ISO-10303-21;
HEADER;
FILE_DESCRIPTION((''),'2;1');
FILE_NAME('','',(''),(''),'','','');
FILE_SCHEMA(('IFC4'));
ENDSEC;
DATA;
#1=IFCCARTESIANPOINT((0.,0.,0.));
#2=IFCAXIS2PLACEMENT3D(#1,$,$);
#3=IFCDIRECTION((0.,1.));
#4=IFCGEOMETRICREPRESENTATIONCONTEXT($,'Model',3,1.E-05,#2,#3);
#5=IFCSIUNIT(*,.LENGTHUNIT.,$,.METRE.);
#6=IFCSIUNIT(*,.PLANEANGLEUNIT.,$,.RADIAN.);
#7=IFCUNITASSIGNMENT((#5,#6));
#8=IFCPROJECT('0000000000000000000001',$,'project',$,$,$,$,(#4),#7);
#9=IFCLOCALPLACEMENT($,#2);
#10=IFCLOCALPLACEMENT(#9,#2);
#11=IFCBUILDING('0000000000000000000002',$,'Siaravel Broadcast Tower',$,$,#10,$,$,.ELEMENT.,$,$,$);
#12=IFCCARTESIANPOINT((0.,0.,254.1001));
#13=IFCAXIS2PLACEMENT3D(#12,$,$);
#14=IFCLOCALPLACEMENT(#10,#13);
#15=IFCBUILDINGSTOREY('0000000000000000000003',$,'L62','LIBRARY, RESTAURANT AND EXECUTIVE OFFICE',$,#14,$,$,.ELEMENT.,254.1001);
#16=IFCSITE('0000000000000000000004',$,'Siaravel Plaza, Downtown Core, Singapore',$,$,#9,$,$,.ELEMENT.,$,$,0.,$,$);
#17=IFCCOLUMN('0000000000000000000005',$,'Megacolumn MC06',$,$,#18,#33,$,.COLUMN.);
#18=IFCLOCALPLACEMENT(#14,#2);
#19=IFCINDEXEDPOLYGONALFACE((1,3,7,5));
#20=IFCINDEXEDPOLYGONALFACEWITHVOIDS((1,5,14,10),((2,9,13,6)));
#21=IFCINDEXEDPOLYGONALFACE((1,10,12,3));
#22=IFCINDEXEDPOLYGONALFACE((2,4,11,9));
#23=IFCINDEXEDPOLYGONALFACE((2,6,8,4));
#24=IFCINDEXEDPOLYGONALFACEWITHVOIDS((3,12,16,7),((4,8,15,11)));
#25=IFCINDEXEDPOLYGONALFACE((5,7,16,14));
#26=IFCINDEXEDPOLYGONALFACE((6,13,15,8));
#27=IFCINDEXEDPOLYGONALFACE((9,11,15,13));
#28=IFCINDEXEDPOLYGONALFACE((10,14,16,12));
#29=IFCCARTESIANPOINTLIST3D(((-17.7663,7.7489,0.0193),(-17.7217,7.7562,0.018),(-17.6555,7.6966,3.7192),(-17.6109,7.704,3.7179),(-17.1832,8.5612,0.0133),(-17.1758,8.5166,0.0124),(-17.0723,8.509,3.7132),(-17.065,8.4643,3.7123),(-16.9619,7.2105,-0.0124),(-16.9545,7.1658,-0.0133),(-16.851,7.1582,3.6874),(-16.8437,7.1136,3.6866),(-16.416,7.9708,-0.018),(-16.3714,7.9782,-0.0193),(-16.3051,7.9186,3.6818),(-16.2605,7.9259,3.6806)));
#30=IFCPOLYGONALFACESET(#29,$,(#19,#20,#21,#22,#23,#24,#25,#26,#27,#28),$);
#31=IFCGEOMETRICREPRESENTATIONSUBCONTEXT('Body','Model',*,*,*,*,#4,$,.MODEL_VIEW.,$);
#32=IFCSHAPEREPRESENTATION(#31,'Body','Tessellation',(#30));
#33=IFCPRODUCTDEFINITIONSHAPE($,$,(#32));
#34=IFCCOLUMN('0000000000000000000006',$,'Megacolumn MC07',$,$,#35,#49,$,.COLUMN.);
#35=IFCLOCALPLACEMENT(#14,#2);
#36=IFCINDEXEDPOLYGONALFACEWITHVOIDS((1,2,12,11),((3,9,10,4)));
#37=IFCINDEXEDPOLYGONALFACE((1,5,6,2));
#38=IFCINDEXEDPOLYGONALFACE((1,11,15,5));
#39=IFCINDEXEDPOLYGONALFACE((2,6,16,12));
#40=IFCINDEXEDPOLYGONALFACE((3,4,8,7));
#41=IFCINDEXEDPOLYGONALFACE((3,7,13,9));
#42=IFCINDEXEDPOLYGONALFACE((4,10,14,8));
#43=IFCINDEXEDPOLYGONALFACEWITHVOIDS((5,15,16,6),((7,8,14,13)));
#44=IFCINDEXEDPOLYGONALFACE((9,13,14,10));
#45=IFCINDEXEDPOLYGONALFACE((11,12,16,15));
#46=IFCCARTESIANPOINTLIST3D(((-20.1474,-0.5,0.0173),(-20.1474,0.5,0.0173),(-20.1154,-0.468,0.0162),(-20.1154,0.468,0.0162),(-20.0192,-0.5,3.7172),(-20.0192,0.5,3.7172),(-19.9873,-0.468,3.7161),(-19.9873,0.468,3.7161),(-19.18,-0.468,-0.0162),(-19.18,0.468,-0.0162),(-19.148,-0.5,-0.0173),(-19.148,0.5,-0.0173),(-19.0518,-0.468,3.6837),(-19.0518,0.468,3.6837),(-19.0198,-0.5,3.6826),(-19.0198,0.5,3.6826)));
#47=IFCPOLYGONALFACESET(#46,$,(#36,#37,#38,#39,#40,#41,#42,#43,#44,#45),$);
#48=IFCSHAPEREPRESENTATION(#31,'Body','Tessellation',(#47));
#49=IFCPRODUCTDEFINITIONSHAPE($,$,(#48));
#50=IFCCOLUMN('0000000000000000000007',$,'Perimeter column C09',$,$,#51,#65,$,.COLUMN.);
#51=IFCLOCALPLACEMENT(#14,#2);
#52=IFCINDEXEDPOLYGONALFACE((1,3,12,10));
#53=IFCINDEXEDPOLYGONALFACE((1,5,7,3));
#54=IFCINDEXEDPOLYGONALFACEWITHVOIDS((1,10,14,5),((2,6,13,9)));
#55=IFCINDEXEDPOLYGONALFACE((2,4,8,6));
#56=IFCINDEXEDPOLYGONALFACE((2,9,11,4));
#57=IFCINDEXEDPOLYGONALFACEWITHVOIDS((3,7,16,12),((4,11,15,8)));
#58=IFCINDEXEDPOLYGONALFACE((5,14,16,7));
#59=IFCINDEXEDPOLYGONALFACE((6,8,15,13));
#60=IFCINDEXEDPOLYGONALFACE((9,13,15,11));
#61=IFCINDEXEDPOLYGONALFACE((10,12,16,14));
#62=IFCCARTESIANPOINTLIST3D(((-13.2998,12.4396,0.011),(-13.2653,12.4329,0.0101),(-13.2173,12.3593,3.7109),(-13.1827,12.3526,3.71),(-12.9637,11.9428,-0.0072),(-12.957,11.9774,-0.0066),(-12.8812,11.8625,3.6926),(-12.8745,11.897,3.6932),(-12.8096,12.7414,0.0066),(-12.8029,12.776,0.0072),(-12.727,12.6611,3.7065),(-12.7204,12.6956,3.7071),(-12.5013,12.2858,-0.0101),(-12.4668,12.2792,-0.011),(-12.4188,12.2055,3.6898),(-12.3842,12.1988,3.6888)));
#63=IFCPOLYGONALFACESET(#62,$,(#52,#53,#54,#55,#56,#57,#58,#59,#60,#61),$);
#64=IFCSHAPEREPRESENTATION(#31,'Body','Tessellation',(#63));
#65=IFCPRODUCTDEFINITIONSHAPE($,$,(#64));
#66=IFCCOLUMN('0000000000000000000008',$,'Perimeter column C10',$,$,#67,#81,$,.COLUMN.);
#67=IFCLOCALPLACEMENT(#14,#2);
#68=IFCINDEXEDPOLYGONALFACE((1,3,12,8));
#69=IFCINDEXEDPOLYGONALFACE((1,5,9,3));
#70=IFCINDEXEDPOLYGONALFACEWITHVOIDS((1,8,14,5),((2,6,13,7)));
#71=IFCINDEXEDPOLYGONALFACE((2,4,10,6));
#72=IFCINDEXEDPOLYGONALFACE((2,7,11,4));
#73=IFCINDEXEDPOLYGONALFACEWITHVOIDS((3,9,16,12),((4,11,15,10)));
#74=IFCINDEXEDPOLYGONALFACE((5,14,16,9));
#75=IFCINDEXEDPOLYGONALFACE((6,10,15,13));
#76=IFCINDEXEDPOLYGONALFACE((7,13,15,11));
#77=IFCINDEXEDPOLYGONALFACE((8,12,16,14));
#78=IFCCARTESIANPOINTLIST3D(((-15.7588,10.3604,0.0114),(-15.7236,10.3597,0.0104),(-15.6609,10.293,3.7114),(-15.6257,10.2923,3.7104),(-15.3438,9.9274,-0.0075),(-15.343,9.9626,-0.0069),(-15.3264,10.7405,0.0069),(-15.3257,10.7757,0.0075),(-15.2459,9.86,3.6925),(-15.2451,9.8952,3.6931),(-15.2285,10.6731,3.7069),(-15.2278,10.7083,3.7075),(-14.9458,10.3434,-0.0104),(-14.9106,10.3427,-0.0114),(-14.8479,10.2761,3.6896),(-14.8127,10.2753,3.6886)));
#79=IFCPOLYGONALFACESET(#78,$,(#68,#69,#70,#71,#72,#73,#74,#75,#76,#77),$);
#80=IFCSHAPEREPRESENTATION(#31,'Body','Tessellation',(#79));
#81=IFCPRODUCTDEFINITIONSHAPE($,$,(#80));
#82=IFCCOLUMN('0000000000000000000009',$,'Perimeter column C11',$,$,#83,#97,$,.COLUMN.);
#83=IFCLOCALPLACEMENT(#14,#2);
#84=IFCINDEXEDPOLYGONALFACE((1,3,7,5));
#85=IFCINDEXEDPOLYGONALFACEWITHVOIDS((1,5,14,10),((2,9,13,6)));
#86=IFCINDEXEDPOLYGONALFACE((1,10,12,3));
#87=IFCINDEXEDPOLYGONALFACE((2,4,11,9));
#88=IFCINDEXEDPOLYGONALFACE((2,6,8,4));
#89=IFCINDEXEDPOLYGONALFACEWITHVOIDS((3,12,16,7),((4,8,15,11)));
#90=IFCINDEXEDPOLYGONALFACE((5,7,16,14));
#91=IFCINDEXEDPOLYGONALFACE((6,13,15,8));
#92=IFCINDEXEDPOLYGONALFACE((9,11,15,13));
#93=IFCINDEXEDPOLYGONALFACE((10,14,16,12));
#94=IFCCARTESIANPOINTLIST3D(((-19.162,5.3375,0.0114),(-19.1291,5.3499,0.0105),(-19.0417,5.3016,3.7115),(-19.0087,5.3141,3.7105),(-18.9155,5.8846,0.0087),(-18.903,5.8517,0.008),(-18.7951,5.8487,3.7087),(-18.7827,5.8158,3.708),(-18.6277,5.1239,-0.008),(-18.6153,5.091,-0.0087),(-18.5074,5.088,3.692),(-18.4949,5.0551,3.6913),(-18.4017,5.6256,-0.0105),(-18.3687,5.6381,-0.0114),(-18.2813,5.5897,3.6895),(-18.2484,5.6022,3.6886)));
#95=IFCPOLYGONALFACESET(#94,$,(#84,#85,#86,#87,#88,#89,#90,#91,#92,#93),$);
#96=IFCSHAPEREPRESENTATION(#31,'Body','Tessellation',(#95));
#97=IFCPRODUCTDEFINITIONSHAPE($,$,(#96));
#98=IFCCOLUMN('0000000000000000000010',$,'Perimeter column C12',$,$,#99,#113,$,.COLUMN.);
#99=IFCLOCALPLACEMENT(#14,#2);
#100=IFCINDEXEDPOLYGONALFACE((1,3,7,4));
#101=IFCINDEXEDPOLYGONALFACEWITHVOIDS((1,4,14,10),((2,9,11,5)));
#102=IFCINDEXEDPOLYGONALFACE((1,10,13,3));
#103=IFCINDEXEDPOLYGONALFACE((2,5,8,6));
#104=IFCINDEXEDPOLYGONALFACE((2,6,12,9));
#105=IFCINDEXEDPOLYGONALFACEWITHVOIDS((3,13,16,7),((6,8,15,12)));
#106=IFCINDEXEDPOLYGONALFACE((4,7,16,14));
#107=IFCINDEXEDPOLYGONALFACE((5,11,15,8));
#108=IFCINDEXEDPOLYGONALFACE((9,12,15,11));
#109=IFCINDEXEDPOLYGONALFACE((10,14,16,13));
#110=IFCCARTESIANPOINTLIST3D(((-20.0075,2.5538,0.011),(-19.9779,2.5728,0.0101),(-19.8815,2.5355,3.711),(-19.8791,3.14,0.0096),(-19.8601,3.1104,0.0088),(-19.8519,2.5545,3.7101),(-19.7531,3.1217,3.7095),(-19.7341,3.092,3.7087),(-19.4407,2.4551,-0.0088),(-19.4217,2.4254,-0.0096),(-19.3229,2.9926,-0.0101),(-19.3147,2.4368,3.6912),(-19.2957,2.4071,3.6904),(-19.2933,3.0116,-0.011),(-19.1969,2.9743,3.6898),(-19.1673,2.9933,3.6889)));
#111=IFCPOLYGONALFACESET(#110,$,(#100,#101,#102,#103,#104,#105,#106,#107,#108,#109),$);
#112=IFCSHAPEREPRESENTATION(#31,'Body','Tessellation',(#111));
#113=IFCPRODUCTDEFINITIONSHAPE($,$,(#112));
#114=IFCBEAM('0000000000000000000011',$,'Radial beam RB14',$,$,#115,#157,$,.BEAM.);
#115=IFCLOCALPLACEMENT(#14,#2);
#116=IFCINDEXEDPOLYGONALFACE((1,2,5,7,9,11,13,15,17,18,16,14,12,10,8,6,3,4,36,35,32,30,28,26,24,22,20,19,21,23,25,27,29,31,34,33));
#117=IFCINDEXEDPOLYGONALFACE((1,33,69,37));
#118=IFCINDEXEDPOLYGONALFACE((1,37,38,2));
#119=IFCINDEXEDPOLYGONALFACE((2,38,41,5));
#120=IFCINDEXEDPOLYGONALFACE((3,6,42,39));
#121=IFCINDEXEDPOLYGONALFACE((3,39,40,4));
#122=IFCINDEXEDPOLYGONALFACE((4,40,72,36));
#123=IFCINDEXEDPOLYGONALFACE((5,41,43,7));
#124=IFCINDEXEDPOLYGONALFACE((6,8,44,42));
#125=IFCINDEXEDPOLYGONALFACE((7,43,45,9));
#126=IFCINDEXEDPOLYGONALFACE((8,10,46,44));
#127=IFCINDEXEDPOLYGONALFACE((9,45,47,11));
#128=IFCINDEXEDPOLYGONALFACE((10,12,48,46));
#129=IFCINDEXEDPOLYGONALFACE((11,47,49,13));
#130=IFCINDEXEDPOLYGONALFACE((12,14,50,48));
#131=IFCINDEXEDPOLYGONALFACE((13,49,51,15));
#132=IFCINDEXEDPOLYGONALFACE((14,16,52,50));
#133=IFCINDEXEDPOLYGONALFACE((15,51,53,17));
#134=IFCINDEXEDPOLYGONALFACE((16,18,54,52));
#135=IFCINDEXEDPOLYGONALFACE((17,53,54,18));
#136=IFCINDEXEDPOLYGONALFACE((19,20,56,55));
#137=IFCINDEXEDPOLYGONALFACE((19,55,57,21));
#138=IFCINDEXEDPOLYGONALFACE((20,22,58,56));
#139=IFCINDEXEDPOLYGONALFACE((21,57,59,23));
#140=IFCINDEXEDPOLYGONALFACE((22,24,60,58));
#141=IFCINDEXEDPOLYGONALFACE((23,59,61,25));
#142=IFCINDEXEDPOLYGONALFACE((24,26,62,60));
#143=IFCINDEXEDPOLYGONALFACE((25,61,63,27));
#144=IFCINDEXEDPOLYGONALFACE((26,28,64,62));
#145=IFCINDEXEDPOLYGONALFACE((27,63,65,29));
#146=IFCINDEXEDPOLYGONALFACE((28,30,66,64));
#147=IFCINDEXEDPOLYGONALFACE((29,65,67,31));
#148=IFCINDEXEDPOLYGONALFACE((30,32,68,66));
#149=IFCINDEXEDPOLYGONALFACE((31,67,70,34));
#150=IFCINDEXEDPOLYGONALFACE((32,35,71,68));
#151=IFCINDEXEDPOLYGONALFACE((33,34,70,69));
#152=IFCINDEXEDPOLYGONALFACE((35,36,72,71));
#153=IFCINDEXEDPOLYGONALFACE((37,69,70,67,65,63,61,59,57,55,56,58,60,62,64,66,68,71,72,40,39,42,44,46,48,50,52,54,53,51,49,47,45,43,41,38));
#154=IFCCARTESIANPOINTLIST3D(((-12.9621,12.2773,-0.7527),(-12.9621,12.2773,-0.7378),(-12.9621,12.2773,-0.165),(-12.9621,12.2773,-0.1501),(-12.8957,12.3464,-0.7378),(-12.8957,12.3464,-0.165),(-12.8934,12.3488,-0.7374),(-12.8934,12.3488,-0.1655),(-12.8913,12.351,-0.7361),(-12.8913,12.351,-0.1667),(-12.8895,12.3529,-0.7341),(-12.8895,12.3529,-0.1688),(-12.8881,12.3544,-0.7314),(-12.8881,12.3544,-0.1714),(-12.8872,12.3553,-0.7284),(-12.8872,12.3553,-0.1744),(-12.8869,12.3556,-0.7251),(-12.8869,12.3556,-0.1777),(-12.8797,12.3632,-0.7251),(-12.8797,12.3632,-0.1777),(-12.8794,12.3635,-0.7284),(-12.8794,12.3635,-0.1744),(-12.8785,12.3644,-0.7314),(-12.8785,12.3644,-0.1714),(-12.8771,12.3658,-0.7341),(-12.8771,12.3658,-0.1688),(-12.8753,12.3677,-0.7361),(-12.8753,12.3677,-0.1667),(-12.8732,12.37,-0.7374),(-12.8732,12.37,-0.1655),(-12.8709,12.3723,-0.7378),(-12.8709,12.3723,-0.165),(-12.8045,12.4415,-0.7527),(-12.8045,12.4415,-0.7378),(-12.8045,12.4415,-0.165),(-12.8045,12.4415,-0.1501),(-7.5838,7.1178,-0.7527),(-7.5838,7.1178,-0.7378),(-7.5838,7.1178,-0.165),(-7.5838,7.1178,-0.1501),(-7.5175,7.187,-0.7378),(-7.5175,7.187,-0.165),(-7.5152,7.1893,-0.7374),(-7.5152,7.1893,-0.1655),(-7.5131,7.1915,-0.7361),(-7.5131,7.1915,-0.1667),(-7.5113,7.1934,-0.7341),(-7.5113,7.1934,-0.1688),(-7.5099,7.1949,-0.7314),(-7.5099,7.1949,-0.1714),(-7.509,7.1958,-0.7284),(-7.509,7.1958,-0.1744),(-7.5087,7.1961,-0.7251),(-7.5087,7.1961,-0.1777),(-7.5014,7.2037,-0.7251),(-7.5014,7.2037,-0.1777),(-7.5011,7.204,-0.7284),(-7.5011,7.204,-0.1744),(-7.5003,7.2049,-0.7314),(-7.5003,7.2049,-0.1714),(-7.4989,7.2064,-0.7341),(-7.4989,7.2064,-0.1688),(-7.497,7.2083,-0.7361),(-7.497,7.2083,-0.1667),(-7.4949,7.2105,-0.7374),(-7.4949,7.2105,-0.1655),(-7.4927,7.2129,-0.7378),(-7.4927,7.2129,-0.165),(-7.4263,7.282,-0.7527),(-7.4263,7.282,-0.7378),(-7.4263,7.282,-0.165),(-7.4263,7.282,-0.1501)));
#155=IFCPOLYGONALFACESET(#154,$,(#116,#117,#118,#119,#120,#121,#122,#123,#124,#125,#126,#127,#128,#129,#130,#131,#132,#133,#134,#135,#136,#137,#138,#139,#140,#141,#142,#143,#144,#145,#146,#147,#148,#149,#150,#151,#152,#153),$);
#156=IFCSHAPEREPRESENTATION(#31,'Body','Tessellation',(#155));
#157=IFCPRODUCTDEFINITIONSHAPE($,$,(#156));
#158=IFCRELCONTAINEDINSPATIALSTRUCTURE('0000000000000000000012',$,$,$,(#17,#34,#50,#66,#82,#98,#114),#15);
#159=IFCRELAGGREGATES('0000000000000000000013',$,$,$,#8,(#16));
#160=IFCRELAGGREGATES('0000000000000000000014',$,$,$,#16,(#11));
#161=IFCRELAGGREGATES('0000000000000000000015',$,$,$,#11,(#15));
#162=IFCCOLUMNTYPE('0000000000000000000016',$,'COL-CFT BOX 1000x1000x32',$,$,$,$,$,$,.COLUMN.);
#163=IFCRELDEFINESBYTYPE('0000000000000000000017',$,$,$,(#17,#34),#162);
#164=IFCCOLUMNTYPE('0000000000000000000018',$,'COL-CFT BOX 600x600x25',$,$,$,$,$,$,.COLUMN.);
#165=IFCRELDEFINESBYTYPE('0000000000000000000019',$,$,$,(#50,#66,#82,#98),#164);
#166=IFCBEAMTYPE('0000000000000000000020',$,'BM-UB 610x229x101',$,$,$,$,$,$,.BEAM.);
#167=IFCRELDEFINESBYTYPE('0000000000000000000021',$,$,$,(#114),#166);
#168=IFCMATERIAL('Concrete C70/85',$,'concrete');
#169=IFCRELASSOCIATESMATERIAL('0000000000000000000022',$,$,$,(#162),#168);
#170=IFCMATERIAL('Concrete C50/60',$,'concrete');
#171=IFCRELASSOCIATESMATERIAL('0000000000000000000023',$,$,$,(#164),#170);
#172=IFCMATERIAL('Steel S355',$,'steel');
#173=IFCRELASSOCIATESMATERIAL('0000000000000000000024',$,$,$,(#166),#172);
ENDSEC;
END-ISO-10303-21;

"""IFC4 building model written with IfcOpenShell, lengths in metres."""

from ifc_helpers import new_model, si_unit, direction, frame, origin, origin_2d, place, context, subcontext, project, spatial, hollow_rectangle, i_section, extrude, material, material_profile, profile_set, type_object, element, save


model = new_model("IFC4")

# Units and contexts
model_context = context("Model", 3, precision=1e-05, world=origin(), true_north=direction((0.0, 1.0)))
body_context = subcontext(model_context, "Body", "Model", "MODEL_VIEW")
ifc_project = project(units=[si_unit("LENGTHUNIT", "METRE"), si_unit("PLANEANGLEUNIT", "RADIAN")], contexts=[model_context])

# Site, building, storey
site_placement = place(None, origin())
site = spatial("IfcSite", under=ifc_project, at=site_placement, Name="Siaravel Plaza, Downtown Core, Singapore", CompositionType="ELEMENT", RefElevation=0.0)
building_placement = place(site_placement, origin())
building = spatial("IfcBuilding", under=site, at=building_placement, Name="Siaravel Broadcast Tower", CompositionType="ELEMENT")
storey_placement = place(building_placement, frame((0.0, 0.0, 254.1001)))
storey = spatial("IfcBuildingStorey", under=building, at=storey_placement, Name="L62", Description="LIBRARY, RESTAURANT AND EXECUTIVE OFFICE", CompositionType="ELEMENT", Elevation=254.1001)

# Columns
ifc_material_1 = material(Name="Concrete C70/85", Category="concrete")
ifc_material_profile_1 = material_profile(ifc_material_1, hollow_rectangle(XDim=1.0, YDim=1.0, WallThickness=0.032, at=origin_2d()))
ifc_profile_set_1 = profile_set([ifc_material_profile_1], Name="Concrete C70/85")
column_type_1 = type_object("IfcColumnType", Name="COL-CFT BOX 1000x1000x32", PredefinedType="COLUMN", material=ifc_profile_set_1)
column_1_placement = place(storey_placement, frame((-17.0688, 7.8635, 0.0), z_axis=(0.029941, -0.014113, 0.999452), x_axis=(0.583176, 0.812324, -0.006)))
element("IfcColumn", 1, at=column_1_placement, inside=storey, type_object=column_type_1, Name="Megacolumn MC06", PredefinedType="COLUMN", context=body_context, shape_type="SweptSolid", body=[
    extrude(hollow_rectangle(XDim=1.0, YDim=1.0, WallThickness=0.032, at=origin_2d()), origin(), (0.0, 0.0, 1.0), 3.7019),
])
column_2_placement = place(storey_placement, frame((-19.6477, 0.0, 0.0), z_axis=(0.034621, 0.0, 0.999401), x_axis=(0.0, 1.0, 0.0)))
element("IfcColumn", 2, at=column_2_placement, inside=storey, type_object=column_type_1, Name="Megacolumn MC07", PredefinedType="COLUMN", context=body_context, shape_type="SweptSolid", body=[
    extrude(hollow_rectangle(XDim=1.0, YDim=1.0, WallThickness=0.032, at=origin_2d()), origin(), (0.0, 0.0, 1.0), 3.7021),
])
ifc_material_2 = material(Name="Concrete C50/60", Category="concrete")
ifc_material_profile_2 = material_profile(ifc_material_2, hollow_rectangle(XDim=0.6001, YDim=0.6001, WallThickness=0.0249, at=origin_2d()))
ifc_profile_set_2 = profile_set([ifc_material_profile_2], Name="Concrete C50/60")
column_type_2 = type_object("IfcColumnType", Name="COL-CFT BOX 600x600x25", PredefinedType="COLUMN", material=ifc_profile_set_2)
column_3_placement = place(storey_placement, frame((-12.8833, 12.3594, 0.0), z_axis=(0.022292, -0.021698, 0.999516), x_axis=(0.828126, 0.560506, -0.006302)))
element("IfcColumn", 3, at=column_3_placement, inside=storey, type_object=column_type_2, Name="Perimeter column C09", PredefinedType="COLUMN", context=body_context, shape_type="SweptSolid", body=[
    extrude(hollow_rectangle(XDim=0.6001, YDim=0.6001, WallThickness=0.0249, at=origin_2d()), origin(), (0.0, 0.0, 1.0), 3.7017),
])
column_4_placement = place(storey_placement, frame((-15.3347, 10.3516, 0.0), z_axis=(0.026446, -0.018202, 0.999484), x_axis=(0.721781, 0.692091, -0.006494)))
element("IfcColumn", 4, at=column_4_placement, inside=storey, type_object=column_type_2, Name="Perimeter column C10", PredefinedType="COLUMN", context=body_context, shape_type="SweptSolid", body=[
    extrude(hollow_rectangle(XDim=0.6001, YDim=0.6001, WallThickness=0.0249, at=origin_2d()), origin(), (0.0, 0.0, 1.0), 3.7019),
])
for number, where, z_axis, x_axis, name in (
    (5, (-18.7654, 5.4878, 0.0), (0.032512, -0.009694, 0.999424), (0.410808, 0.911711, -0.00452), "Perimeter column C11"),
    (6, (-19.6504, 2.7827, 0.0), (0.034028, -0.004946, 0.999409), (0.213977, 0.976836, -0.002451), "Perimeter column C12"),
):
    element("IfcColumn", number, at=place(storey_placement, frame(where, z_axis=z_axis, x_axis=x_axis)), inside=storey, type_object=column_type_2, Name=name, PredefinedType="COLUMN", context=body_context, shape_type="SweptSolid", body=[
        extrude(hollow_rectangle(XDim=0.6001, YDim=0.6001, WallThickness=0.0249, at=origin_2d()), origin(), (0.0, 0.0, 1.0), 3.7021),
    ])

# Beam
ifc_material_3 = material(Name="Steel S355", Category="steel")
ifc_material_profile_3 = material_profile(ifc_material_3, i_section(OverallWidth=0.2275, OverallDepth=0.6025, WebThickness=0.0105, FlangeThickness=0.0149, FilletRadius=0.0127, at=origin_2d()))
ifc_profile_set_3 = profile_set([ifc_material_profile_3], Name="Steel S355")
beam_type = type_object("IfcBeamType", Name="BM-UB 610x229x101", PredefinedType="BEAM", material=ifc_profile_set_3)
beam_1_placement = place(storey_placement, frame((-12.8833, 12.3594, -0.4514), z_axis=(0.72163, -0.692279, 0.0), x_axis=(0.692279, 0.72163, 0.0)))
element("IfcBeam", 7, at=beam_1_placement, inside=storey, type_object=beam_type, Name="Radial beam RB14", PredefinedType="BEAM", context=body_context, shape_type="SweptSolid", body=[
    extrude(i_section(OverallWidth=0.2275, OverallDepth=0.6025, WebThickness=0.0105, FlangeThickness=0.0149, FilletRadius=0.0127, at=origin_2d()), origin(), (0.0, 0.0, 1.0), 7.4529),
])

save(model, "model.ifc")
